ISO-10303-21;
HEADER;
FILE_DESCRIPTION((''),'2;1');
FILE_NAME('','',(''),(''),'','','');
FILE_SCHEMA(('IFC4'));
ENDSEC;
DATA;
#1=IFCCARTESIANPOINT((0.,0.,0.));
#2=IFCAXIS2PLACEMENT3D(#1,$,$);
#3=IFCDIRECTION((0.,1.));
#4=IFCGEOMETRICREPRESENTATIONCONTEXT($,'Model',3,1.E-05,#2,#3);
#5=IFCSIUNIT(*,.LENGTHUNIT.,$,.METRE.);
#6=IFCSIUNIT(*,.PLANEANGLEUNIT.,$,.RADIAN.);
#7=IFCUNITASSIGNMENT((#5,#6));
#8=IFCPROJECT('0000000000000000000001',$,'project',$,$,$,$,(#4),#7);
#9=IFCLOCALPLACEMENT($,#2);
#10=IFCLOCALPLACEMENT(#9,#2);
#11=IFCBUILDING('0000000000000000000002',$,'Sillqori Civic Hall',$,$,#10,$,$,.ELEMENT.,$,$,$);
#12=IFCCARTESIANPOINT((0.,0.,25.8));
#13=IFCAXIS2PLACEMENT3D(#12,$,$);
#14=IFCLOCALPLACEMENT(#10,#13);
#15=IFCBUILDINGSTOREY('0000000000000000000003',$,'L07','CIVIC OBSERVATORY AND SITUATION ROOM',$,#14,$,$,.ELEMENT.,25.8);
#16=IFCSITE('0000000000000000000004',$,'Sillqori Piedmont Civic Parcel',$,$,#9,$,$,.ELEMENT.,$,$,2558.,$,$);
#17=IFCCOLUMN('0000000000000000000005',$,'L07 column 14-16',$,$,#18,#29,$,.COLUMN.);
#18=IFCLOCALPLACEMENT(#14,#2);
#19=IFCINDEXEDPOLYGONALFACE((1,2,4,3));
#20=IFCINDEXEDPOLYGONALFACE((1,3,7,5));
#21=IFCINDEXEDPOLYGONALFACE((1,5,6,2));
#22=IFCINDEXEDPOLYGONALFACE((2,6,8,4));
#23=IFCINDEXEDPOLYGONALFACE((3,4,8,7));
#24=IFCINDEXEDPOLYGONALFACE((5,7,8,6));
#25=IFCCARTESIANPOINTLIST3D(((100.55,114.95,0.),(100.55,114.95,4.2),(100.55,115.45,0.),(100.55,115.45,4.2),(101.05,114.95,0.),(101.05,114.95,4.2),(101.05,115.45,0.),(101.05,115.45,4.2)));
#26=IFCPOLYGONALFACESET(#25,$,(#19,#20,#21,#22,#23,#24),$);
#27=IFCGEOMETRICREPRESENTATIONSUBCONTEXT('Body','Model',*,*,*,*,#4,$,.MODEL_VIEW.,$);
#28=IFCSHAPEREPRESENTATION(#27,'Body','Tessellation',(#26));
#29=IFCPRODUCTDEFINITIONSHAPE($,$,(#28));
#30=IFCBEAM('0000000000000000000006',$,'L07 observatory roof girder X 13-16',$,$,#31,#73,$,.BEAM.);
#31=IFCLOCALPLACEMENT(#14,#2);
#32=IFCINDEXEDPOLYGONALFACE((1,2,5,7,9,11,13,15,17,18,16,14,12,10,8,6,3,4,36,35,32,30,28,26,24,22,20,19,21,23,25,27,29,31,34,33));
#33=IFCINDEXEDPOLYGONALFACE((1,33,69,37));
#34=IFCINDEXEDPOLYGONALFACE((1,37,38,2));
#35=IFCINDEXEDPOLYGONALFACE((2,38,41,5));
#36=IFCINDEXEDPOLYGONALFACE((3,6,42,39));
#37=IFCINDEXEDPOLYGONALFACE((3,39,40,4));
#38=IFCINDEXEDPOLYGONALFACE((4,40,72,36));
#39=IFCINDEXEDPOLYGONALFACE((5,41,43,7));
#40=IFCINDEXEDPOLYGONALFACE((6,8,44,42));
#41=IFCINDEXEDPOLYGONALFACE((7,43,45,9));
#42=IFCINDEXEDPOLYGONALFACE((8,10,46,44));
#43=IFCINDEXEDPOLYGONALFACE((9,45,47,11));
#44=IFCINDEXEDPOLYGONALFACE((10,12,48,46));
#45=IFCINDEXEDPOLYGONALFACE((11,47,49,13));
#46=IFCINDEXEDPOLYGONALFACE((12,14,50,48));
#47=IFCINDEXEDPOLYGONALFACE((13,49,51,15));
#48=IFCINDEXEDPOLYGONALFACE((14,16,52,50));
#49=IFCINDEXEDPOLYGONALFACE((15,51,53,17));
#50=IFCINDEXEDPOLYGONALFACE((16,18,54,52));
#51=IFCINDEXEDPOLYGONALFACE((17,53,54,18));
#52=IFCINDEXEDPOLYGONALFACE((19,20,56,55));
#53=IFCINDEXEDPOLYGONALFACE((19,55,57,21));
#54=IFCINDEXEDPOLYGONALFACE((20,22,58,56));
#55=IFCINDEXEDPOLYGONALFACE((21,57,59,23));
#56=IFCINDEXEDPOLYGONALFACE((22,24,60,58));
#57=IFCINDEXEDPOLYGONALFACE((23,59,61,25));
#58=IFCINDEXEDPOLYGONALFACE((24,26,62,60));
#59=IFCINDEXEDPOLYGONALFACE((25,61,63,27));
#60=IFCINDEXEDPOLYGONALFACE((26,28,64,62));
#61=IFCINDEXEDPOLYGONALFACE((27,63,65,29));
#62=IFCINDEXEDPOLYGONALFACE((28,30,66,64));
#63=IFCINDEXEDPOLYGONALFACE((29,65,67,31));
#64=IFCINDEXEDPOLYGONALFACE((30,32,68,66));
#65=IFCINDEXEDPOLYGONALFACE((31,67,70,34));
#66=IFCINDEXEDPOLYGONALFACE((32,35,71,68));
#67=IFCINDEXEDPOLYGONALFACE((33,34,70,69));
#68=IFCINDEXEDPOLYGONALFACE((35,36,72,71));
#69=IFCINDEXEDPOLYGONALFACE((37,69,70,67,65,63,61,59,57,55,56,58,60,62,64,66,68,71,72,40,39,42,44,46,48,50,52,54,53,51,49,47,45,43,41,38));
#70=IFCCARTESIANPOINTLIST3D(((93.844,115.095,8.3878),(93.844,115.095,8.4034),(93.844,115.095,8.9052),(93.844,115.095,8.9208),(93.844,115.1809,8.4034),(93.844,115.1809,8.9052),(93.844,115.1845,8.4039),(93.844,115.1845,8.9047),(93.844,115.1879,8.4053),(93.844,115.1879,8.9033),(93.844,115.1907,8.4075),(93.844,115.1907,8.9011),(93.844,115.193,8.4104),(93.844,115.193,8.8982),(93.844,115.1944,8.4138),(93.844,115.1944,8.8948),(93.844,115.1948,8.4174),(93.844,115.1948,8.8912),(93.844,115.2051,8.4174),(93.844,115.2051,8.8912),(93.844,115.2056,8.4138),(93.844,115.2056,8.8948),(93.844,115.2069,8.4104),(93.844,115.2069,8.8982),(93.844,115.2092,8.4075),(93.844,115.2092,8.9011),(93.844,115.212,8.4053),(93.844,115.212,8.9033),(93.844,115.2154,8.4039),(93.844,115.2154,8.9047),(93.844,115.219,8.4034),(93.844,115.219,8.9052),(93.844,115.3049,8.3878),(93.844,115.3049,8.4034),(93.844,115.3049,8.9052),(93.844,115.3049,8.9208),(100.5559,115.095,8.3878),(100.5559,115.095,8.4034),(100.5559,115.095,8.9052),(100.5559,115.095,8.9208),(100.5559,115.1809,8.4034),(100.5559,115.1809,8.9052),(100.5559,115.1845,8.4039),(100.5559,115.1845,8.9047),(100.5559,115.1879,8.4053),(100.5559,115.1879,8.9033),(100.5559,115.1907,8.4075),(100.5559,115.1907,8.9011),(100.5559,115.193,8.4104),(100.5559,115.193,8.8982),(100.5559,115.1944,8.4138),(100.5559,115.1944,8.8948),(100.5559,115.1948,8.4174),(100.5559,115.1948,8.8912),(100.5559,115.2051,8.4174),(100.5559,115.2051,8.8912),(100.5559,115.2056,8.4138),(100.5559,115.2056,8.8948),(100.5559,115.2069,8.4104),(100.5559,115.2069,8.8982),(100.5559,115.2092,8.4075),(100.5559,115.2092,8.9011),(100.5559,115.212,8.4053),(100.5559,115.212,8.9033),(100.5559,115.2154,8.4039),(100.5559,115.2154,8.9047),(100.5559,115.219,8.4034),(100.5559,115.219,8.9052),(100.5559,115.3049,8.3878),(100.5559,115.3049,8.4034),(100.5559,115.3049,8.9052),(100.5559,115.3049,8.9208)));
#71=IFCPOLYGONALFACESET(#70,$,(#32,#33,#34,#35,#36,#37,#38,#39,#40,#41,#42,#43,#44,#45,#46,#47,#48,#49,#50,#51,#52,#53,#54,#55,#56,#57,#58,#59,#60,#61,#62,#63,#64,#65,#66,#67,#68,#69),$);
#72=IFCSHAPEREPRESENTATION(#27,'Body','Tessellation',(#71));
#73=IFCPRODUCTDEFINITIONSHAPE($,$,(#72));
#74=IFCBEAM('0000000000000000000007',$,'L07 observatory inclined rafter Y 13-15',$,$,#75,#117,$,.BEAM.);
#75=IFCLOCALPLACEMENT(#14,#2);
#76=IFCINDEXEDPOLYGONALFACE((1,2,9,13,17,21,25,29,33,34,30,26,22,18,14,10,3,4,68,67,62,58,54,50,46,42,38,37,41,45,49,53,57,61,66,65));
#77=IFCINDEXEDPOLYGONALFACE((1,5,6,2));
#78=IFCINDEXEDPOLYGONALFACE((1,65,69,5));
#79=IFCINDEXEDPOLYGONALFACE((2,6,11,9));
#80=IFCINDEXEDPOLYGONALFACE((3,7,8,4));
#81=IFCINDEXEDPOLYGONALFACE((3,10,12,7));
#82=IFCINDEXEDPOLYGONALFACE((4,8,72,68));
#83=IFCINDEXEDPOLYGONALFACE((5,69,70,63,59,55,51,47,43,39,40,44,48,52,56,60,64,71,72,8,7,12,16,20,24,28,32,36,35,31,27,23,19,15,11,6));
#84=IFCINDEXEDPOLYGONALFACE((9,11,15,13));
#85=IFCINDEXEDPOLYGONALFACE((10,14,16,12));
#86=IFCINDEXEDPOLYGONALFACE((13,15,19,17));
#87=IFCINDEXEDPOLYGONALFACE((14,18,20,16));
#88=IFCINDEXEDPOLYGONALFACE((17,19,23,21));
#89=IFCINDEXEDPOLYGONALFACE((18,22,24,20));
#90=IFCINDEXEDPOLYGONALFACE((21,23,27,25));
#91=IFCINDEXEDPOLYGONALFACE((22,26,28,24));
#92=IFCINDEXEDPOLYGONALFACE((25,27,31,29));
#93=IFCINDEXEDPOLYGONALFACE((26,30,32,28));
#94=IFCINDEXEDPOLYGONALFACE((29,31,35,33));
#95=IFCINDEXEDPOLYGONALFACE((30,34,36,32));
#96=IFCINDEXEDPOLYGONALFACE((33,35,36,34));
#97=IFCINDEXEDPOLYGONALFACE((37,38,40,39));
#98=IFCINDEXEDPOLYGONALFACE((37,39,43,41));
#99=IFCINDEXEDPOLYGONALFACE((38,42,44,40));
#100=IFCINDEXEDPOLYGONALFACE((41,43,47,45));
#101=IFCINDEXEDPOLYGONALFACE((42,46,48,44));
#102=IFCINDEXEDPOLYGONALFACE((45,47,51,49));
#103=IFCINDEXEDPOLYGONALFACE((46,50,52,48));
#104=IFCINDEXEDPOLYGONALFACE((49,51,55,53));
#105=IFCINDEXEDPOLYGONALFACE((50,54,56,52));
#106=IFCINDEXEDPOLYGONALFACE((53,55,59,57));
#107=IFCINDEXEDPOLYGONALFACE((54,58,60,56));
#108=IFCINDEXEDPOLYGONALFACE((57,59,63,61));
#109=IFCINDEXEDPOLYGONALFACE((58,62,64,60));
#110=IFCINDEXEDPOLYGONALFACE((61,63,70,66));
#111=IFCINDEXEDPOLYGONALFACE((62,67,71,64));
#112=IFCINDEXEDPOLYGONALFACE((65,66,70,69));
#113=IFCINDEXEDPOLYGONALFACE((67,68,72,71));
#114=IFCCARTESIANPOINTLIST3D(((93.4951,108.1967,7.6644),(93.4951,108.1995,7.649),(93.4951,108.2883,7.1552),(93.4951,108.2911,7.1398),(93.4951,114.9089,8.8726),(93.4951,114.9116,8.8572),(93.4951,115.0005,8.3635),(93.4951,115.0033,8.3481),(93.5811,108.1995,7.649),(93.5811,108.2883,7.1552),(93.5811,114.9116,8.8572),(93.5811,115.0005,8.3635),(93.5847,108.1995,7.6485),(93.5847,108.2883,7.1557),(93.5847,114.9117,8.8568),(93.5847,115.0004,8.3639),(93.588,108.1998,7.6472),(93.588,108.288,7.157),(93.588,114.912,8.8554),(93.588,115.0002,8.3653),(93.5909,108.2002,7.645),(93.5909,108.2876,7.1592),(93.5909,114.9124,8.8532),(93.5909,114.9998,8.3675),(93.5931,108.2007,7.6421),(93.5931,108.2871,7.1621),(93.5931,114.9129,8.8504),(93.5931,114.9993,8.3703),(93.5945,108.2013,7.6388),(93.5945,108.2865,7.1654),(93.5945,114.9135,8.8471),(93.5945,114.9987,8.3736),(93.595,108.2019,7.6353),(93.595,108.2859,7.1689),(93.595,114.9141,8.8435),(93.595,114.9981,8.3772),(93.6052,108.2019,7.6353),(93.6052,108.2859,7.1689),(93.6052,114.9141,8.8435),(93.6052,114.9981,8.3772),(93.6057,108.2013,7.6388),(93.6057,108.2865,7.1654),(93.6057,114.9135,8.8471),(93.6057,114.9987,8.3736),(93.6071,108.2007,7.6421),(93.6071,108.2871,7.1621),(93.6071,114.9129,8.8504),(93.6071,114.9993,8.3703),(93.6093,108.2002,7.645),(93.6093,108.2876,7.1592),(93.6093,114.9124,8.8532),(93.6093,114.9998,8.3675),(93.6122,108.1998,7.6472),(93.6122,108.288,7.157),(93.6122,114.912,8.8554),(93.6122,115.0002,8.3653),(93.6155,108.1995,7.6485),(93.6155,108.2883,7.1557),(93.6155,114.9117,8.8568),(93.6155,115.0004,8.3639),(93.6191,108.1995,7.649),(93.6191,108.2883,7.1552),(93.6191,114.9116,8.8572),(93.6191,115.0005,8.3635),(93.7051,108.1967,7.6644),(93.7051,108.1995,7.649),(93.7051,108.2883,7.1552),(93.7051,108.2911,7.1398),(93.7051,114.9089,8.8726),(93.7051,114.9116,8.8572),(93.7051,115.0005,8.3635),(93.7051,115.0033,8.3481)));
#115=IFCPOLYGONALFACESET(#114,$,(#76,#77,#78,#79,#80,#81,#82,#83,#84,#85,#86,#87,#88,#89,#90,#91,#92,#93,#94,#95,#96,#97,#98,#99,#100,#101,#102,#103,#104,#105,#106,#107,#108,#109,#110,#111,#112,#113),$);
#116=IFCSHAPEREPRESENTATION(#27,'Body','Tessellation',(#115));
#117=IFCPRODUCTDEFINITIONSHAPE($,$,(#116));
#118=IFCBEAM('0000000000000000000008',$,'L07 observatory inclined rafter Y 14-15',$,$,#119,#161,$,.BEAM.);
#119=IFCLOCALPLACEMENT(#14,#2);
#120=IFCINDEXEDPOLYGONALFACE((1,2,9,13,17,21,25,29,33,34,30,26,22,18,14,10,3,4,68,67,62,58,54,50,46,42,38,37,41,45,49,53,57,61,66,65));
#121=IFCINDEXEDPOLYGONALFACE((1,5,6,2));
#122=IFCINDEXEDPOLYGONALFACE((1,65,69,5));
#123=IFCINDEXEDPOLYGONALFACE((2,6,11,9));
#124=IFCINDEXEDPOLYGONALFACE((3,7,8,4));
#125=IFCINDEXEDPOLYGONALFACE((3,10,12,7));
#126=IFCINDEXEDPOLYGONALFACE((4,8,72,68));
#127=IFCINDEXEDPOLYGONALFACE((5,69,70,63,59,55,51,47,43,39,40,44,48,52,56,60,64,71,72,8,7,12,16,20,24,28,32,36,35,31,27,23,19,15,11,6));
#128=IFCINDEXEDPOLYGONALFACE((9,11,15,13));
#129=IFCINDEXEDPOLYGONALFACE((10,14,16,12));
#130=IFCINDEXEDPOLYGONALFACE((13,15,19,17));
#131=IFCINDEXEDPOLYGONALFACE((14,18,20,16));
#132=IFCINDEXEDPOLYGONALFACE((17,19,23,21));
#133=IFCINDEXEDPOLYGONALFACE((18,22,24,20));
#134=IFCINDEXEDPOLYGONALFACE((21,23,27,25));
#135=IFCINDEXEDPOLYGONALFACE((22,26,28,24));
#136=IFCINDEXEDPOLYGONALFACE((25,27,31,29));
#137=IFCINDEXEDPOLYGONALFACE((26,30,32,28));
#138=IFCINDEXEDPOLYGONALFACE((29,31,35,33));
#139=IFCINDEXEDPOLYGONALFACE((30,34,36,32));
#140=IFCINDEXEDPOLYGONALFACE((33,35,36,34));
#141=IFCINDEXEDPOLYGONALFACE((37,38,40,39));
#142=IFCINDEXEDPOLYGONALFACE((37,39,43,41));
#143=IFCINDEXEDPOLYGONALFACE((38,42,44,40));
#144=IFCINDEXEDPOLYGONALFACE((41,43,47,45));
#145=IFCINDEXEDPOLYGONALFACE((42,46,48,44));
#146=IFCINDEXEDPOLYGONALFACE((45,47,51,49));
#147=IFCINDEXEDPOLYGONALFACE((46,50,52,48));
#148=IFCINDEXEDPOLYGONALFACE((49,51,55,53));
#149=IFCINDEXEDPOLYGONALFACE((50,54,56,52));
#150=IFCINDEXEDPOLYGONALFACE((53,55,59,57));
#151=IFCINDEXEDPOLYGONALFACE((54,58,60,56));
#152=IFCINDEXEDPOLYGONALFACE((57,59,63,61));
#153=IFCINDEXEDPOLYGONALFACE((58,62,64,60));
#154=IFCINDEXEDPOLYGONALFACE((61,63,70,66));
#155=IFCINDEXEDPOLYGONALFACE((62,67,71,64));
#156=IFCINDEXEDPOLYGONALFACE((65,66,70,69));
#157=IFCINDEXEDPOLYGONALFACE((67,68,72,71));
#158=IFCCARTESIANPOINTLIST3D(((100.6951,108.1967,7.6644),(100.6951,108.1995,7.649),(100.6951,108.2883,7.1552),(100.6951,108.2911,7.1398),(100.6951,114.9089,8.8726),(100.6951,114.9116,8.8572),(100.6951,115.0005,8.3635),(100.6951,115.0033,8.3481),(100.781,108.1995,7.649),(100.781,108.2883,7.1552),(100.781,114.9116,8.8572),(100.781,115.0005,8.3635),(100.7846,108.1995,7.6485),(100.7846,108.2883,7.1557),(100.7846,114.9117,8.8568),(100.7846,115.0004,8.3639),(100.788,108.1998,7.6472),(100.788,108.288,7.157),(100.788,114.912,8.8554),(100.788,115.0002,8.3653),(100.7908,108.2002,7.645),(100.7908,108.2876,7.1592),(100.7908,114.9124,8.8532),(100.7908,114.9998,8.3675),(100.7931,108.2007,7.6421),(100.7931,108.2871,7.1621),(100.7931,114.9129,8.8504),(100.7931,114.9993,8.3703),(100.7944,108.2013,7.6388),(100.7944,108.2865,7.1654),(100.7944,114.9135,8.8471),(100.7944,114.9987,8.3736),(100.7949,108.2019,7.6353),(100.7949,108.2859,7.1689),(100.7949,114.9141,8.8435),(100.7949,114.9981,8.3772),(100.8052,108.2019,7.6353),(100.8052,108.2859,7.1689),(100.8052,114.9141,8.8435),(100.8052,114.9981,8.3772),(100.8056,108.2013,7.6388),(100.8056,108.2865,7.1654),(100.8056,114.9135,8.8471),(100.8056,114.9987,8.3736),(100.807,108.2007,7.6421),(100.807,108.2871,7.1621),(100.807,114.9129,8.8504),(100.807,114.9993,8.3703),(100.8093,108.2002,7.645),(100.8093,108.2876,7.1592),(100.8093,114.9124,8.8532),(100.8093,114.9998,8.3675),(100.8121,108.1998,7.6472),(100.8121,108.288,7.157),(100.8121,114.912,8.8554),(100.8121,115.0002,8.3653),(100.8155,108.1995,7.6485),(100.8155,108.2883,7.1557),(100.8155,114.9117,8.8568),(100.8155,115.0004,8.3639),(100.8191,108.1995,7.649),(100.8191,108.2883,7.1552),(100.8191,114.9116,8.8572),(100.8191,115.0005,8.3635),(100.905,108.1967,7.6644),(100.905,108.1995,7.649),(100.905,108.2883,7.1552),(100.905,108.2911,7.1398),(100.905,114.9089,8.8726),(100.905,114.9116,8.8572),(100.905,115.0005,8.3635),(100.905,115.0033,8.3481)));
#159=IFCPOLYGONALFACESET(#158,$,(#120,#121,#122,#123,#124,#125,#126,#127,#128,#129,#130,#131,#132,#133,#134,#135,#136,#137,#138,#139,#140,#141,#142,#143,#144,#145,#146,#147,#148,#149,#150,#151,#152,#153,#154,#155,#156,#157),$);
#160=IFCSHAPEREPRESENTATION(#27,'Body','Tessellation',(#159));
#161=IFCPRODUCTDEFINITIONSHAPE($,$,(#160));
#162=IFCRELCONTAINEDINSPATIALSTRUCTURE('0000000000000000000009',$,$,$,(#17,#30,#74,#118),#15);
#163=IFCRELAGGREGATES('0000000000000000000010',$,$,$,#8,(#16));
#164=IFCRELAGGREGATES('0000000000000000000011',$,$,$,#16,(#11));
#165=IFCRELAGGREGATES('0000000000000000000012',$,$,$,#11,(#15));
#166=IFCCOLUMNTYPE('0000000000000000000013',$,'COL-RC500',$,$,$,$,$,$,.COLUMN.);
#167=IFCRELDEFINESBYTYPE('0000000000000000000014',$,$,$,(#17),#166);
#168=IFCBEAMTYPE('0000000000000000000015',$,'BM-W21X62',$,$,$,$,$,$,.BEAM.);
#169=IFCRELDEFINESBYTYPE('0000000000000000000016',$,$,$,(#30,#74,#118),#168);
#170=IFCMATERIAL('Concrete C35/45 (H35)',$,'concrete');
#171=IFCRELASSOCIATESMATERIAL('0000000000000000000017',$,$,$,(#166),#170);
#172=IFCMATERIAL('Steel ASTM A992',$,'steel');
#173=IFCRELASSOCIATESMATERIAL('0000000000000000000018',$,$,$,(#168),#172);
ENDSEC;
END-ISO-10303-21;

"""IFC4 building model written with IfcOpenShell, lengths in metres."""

from ifc_helpers import new_model, si_unit, direction, frame, origin, origin_2d, place, context, subcontext, project, spatial, rectangle, i_section, extrude, material, material_profile, profile_set, type_object, element, save


model = new_model("IFC4")

# Units and contexts
model_context = context("Model", 3, precision=1e-05, world=origin(), true_north=direction((0.0, 1.0)))
body_context = subcontext(model_context, "Body", "Model", "MODEL_VIEW")
ifc_project = project(units=[si_unit("LENGTHUNIT", "METRE"), si_unit("PLANEANGLEUNIT", "RADIAN")], contexts=[model_context])

# Site, building, storey
site_placement = place(None, origin())
site = spatial("IfcSite", under=ifc_project, at=site_placement, Name="Sillqori Piedmont Civic Parcel", CompositionType="ELEMENT", RefElevation=2558.0)
building_placement = place(site_placement, origin())
building = spatial("IfcBuilding", under=site, at=building_placement, Name="Sillqori Civic Hall", CompositionType="ELEMENT")
storey_placement = place(building_placement, frame((0.0, 0.0, 25.8)))
storey = spatial("IfcBuildingStorey", under=building, at=storey_placement, Name="L07", Description="CIVIC OBSERVATORY AND SITUATION ROOM", CompositionType="ELEMENT", Elevation=25.8)

# Column
ifc_material_1 = material(Name="Concrete C35/45 (H35)", Category="concrete")
ifc_material_profile_1 = material_profile(ifc_material_1, rectangle(XDim=0.5, YDim=0.5, at=origin_2d()), Name="RC 500x500")
ifc_profile_set_1 = profile_set([ifc_material_profile_1], Name="Concrete C35/45 (H35)")
column_type = type_object("IfcColumnType", Name="COL-RC500", PredefinedType="COLUMN", material=ifc_profile_set_1)
column_placement = place(storey_placement, frame((100.8, 115.2, 0.0), z_axis=(0.0, 0.0, 1.0), x_axis=(1.0, 0.0, 0.0)))
element("IfcColumn", 1, at=column_placement, inside=storey, type_object=column_type, Name="L07 column 14-16", PredefinedType="COLUMN", context=body_context, shape_type="SweptSolid", body=[
    extrude(rectangle(XDim=0.5, YDim=0.5, at=origin_2d()), origin(), (0.0, 0.0, 1.0), 4.2),
])

# Beams
ifc_material_2 = material(Name="Steel ASTM A992", Category="steel")
ifc_material_profile_2 = material_profile(ifc_material_2, i_section(OverallWidth=0.21, OverallDepth=0.533, WebThickness=0.0103, FlangeThickness=0.0156, FilletRadius=0.0139, at=origin_2d()), Name="W21X62")
ifc_profile_set_2 = profile_set([ifc_material_profile_2], Name="Steel ASTM A992")
beam_type = type_object("IfcBeamType", Name="BM-W21X62", PredefinedType="BEAM", material=ifc_profile_set_2)
beam_placement = place(storey_placement, frame((93.844, 115.2, 8.6543), z_axis=(1.0, 0.0, 0.0), x_axis=(0.0, 1.0, 0.0)))
element("IfcBeam", 2, at=beam_placement, inside=storey, type_object=beam_type, Name="L07 observatory roof girder X 13-16", PredefinedType="BEAM", context=body_context, shape_type="SweptSolid", body=[
    extrude(i_section(OverallWidth=0.21, OverallDepth=0.533, WebThickness=0.0103, FlangeThickness=0.0156, FilletRadius=0.0139, at=origin_2d()), origin(), (0.0, 0.0, 1.0), 6.7119),
])
for number, where, z_axis, x_axis, name in (
    (3, (93.6001, 108.2439, 7.4021), (0.0, 0.984182, 0.177162), (-1.0, 0.0, 0.0), "L07 observatory inclined rafter Y 13-15"),
    (4, (100.8, 108.2439, 7.4021), (0.0, 0.984182, 0.177162), (-1.0, 0.0, 0.0), "L07 observatory inclined rafter Y 14-15"),
):
    element("IfcBeam", number, at=place(storey_placement, frame(where, z_axis=z_axis, x_axis=x_axis)), inside=storey, type_object=beam_type, Name=name, PredefinedType="BEAM", context=body_context, shape_type="SweptSolid", body=[
        extrude(i_section(OverallWidth=0.21, OverallDepth=0.533, WebThickness=0.0103, FlangeThickness=0.0156, FilletRadius=0.0139, at=origin_2d()), origin(), (0.0, 0.0, 1.0), 6.8201),
    ])

save(model, "model.ifc")
